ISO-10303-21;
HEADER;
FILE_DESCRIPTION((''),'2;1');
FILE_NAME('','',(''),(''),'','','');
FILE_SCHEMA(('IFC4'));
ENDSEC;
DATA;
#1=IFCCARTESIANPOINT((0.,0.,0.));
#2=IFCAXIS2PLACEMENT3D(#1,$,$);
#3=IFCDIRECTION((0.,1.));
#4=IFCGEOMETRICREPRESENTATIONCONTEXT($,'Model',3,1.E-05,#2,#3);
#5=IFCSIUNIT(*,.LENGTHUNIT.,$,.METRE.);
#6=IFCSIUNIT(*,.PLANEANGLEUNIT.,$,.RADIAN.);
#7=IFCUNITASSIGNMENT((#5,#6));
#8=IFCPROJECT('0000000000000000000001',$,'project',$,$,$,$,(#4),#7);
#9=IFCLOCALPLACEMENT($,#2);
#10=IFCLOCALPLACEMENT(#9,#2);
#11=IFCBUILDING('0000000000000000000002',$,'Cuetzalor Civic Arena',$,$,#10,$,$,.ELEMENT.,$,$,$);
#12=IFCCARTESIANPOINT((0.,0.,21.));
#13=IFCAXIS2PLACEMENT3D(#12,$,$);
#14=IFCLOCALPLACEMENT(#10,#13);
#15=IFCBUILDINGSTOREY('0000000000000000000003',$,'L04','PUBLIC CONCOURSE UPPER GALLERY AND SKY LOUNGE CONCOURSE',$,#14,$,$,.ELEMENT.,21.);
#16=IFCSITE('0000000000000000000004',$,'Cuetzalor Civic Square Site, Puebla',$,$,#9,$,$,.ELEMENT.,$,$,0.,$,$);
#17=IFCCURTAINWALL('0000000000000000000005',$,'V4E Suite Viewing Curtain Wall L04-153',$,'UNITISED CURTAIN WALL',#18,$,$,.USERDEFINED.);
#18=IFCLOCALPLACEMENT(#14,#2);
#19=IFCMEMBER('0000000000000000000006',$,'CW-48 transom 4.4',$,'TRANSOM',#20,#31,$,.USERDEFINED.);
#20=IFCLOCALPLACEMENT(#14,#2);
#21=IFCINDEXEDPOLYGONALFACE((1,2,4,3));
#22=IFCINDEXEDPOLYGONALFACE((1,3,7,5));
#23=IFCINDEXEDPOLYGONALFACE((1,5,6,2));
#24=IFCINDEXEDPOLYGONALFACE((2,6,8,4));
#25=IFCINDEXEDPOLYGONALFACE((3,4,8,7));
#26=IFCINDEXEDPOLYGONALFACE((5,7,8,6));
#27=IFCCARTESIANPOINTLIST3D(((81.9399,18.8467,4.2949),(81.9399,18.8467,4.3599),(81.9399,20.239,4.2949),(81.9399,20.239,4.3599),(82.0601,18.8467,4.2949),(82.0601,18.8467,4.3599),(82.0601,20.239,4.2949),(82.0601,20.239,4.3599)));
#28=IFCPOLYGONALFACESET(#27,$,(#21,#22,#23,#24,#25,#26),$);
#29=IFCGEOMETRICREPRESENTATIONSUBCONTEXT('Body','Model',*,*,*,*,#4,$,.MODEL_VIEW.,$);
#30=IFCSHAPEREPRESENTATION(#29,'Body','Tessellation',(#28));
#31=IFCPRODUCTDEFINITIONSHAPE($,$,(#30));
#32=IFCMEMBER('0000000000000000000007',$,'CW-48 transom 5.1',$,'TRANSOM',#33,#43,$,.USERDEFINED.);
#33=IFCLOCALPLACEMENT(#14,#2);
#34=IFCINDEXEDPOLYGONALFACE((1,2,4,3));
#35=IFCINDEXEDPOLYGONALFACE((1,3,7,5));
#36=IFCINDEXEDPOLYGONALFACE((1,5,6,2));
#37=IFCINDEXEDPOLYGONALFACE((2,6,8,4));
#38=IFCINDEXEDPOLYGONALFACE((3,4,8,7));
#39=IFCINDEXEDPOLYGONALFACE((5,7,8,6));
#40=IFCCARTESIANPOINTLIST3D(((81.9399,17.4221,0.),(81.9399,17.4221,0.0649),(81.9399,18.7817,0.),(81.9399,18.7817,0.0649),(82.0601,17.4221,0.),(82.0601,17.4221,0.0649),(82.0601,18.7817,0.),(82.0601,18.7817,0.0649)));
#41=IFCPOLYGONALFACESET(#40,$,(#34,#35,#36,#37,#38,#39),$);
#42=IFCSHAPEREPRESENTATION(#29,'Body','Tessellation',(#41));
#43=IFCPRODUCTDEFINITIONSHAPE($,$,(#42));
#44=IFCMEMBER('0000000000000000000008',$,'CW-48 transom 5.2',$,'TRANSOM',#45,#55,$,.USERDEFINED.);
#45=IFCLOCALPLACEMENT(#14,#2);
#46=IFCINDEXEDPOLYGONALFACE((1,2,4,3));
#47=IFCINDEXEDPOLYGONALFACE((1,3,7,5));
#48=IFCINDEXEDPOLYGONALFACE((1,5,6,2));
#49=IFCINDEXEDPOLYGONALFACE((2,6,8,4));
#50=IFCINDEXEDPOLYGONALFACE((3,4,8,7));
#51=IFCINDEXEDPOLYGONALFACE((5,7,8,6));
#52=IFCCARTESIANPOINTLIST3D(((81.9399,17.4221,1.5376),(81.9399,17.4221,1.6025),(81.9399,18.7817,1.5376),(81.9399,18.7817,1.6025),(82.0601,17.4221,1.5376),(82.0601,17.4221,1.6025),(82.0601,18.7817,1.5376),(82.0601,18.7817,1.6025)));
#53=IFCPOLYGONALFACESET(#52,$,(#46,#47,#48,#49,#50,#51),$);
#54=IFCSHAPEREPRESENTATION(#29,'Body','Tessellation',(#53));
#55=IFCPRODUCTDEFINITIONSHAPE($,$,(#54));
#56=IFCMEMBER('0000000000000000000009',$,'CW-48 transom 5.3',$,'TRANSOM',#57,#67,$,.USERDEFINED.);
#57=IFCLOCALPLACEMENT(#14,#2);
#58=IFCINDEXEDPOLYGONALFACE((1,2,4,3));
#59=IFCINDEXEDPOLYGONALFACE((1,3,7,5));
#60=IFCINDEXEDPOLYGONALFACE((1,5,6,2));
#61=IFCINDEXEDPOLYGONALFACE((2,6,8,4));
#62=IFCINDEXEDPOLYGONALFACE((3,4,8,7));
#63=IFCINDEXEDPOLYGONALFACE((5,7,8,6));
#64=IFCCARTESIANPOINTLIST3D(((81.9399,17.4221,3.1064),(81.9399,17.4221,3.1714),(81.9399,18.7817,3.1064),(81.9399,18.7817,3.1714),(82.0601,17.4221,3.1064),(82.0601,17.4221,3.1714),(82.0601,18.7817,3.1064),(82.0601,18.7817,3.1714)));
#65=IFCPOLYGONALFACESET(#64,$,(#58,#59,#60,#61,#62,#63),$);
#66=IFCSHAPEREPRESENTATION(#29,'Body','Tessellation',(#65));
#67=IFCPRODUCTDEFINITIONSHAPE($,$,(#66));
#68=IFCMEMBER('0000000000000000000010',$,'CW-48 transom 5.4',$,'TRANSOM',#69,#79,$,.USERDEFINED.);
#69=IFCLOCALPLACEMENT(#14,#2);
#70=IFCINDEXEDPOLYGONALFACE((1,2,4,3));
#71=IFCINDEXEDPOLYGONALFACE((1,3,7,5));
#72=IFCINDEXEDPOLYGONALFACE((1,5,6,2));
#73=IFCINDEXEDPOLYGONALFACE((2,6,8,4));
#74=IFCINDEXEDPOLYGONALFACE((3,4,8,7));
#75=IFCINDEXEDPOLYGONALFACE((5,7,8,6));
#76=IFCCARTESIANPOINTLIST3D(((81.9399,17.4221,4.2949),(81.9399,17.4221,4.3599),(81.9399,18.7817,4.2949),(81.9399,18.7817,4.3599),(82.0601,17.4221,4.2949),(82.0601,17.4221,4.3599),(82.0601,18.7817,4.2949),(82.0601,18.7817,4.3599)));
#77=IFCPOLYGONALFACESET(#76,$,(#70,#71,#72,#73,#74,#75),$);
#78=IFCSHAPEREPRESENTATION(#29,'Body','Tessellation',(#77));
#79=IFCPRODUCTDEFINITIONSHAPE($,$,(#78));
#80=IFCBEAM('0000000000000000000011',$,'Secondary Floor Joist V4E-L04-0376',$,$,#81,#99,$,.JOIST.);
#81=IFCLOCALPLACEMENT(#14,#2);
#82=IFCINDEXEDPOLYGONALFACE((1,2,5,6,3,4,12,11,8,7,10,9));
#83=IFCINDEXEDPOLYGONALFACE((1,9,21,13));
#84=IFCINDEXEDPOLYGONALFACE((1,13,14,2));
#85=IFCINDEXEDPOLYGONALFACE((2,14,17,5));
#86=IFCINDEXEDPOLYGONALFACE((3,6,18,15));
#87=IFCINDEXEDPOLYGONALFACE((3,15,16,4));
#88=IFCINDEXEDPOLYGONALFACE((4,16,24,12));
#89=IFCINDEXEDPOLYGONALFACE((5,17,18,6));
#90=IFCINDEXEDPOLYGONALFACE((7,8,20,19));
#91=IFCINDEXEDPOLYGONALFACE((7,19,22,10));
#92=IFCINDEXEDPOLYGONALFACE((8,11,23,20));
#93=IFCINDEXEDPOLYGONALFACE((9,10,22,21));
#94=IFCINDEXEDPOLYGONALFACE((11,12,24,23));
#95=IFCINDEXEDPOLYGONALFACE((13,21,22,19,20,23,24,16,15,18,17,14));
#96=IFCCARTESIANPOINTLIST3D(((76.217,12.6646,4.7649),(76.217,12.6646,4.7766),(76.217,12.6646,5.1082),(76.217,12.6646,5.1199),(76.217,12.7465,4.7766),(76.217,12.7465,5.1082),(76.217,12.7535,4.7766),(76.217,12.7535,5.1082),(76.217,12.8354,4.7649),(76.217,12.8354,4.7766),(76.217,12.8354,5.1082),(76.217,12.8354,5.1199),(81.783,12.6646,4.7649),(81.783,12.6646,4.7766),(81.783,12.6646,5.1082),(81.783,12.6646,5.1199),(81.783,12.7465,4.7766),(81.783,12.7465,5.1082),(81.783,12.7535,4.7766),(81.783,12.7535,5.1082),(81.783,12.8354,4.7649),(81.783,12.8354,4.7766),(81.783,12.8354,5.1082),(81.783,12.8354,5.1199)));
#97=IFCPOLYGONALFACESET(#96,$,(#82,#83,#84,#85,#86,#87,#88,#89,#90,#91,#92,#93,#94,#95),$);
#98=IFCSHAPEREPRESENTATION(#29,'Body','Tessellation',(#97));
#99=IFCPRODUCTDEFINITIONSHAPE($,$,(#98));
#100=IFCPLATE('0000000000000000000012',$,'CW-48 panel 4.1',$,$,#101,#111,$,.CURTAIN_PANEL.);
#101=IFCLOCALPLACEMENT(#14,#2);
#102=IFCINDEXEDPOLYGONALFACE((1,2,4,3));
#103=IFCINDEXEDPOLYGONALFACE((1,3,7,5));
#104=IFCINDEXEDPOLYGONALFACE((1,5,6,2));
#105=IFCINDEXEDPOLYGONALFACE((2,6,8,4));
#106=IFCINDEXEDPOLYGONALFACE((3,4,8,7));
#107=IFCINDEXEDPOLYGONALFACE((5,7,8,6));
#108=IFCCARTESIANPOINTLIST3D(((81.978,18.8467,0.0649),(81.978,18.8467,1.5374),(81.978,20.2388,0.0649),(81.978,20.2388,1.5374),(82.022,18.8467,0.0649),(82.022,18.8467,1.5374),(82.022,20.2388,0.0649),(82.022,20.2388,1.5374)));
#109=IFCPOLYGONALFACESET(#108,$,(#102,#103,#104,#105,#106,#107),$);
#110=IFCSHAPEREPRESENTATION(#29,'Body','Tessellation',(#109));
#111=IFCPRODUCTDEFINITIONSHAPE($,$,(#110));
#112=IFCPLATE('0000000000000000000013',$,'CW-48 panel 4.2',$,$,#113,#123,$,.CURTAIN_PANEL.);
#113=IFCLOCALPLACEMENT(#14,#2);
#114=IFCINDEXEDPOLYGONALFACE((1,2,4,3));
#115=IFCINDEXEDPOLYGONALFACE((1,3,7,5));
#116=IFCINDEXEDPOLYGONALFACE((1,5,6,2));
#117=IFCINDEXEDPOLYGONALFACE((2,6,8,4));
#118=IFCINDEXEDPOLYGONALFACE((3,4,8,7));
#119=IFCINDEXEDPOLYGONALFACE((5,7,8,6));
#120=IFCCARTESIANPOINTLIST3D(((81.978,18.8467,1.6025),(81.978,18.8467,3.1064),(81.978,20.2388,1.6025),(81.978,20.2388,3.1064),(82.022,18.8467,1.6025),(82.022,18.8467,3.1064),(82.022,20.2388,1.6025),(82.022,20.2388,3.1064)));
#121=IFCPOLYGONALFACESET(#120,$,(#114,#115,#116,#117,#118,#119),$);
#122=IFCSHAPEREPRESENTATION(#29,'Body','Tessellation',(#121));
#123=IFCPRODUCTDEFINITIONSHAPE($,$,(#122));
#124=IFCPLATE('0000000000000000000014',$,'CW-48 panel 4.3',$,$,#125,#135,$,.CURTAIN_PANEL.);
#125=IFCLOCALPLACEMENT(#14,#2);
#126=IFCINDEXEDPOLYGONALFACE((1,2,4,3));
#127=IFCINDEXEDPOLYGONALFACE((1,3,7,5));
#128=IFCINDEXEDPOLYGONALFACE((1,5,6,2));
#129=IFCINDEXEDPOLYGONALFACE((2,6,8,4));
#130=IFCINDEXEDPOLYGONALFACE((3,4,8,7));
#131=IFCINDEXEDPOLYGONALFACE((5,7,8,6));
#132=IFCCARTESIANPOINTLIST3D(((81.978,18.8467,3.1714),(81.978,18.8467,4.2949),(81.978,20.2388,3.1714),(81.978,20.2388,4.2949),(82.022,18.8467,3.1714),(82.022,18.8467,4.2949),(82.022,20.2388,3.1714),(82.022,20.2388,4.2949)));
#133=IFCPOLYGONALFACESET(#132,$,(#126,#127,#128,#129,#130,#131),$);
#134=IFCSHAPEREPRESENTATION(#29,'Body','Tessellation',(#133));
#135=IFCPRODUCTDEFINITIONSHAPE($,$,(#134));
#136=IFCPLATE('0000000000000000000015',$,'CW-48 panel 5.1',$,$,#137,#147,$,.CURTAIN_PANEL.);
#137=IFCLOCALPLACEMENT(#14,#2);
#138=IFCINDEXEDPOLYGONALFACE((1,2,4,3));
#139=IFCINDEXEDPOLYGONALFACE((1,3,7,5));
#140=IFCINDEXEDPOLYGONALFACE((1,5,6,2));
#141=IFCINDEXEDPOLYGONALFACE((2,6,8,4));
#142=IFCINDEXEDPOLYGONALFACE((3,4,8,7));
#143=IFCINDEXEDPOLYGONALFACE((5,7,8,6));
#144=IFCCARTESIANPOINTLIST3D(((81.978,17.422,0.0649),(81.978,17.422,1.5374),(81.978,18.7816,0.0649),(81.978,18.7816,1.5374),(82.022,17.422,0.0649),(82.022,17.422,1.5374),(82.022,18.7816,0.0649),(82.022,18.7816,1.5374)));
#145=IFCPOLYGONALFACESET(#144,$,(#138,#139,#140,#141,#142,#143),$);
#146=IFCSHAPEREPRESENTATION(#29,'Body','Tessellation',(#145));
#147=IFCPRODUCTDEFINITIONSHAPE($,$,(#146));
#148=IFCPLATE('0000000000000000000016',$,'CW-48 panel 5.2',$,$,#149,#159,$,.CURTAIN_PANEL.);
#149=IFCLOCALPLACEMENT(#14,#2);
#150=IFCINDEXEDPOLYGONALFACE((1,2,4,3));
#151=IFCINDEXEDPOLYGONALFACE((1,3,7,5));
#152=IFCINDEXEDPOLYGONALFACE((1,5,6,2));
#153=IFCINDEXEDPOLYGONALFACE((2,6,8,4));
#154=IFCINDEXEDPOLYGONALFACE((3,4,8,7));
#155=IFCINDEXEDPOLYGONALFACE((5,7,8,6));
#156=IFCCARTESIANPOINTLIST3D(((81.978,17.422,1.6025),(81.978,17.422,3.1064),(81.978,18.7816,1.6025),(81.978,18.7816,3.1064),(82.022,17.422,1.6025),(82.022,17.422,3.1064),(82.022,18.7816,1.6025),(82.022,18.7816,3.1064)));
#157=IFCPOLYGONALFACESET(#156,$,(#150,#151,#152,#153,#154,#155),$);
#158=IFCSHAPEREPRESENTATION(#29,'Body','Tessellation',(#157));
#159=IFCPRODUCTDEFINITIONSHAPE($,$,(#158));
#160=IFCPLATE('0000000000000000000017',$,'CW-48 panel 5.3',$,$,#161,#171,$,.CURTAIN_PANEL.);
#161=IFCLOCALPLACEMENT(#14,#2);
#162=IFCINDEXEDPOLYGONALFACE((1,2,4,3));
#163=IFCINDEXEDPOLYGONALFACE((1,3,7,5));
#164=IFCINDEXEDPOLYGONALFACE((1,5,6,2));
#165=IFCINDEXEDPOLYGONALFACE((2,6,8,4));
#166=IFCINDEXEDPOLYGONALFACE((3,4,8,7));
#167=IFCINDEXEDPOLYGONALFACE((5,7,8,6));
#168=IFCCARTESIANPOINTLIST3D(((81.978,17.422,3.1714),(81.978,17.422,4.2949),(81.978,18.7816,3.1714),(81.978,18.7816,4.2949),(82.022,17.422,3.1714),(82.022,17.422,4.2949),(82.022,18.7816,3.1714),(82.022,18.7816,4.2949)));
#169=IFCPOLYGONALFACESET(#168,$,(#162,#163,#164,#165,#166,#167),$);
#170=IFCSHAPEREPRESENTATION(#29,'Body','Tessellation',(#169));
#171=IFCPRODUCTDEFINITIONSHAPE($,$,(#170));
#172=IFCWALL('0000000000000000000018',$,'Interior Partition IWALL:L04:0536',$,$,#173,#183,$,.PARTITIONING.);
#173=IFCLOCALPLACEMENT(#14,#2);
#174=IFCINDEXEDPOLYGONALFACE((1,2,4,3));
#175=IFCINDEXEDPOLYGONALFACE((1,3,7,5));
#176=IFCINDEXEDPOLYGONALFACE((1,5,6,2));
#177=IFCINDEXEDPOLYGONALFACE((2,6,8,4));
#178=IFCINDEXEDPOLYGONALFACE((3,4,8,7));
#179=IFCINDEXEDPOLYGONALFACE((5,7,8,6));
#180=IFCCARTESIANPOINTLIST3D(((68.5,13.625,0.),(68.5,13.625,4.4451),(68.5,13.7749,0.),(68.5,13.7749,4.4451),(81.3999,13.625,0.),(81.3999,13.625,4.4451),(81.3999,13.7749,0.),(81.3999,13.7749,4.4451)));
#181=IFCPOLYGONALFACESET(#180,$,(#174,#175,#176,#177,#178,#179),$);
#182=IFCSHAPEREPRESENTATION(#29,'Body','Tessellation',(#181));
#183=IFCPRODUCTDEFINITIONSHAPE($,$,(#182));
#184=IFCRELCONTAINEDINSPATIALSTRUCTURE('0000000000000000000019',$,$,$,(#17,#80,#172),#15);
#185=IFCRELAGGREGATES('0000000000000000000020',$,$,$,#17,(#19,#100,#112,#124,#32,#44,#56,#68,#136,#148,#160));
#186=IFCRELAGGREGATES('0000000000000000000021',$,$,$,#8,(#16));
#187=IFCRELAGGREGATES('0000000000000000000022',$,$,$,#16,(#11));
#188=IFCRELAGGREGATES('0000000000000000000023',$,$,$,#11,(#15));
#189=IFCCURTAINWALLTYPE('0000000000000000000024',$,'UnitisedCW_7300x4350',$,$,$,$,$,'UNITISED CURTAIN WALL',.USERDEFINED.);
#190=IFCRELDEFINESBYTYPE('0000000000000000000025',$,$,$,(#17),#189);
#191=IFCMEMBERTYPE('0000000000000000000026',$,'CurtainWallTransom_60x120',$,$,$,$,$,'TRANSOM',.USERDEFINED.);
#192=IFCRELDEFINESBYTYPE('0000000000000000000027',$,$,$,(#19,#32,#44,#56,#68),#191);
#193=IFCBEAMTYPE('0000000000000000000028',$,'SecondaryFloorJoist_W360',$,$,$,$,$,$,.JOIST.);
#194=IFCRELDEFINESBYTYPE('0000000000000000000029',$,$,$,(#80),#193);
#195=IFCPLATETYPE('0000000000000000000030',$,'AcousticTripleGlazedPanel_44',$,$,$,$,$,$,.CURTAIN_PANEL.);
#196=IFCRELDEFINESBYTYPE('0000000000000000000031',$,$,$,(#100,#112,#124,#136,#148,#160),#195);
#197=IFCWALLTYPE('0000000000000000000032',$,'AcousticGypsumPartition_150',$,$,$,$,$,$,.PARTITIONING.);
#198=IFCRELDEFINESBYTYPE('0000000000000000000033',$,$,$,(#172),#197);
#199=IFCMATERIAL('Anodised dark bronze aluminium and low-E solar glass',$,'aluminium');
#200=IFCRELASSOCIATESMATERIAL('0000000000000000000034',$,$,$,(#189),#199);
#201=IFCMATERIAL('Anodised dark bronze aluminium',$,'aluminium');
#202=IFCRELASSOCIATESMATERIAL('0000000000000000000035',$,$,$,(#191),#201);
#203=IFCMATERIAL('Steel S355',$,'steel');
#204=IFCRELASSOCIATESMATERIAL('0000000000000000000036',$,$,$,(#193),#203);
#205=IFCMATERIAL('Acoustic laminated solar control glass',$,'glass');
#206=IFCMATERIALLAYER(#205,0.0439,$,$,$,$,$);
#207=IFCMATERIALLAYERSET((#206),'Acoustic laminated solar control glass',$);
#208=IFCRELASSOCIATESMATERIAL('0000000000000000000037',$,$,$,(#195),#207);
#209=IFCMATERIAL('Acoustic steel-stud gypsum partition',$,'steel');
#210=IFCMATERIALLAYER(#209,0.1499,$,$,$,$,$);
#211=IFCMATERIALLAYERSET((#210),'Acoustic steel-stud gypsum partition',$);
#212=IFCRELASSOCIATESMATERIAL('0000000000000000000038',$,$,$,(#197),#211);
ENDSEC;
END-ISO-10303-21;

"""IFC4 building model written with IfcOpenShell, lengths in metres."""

from ifc_helpers import new_model, si_unit, direction, frame, frame_2d, origin, origin_2d, place, context, subcontext, project, spatial, rectangle, i_section, extrude, material, layer, layer_set, material_profile, profile_set, type_object, element, aggregate, save


model = new_model("IFC4")

# Units and contexts
model_context = context("Model", 3, precision=1e-05, world=origin(), true_north=direction((0.0, 1.0)))
body_context = subcontext(model_context, "Body", "Model", "MODEL_VIEW")
ifc_project = project(units=[si_unit("LENGTHUNIT", "METRE"), si_unit("PLANEANGLEUNIT", "RADIAN")], contexts=[model_context])

# Site, building, storey
site_placement = place(None, origin())
site = spatial("IfcSite", under=ifc_project, at=site_placement, Name="Cuetzalor Civic Square Site, Puebla", CompositionType="ELEMENT", RefElevation=0.0)
building_placement = place(site_placement, origin())
building = spatial("IfcBuilding", under=site, at=building_placement, Name="Cuetzalor Civic Arena", CompositionType="ELEMENT")
storey_placement = place(building_placement, frame((0.0, 0.0, 21.0)))
storey = spatial("IfcBuildingStorey", under=building, at=storey_placement, Name="L04", Description="PUBLIC CONCOURSE UPPER GALLERY AND SKY LOUNGE CONCOURSE", CompositionType="ELEMENT", Elevation=21.0)

# Curtain wall, members
ifc_material_1 = material(Name="Anodised dark bronze aluminium and low-E solar glass", Category="aluminium")
curtain_wall_type = type_object("IfcCurtainWallType", Name="UnitisedCW_7300x4350", ElementType="UNITISED CURTAIN WALL", PredefinedType="USERDEFINED", material=ifc_material_1)
curtain_wall_placement = place(storey_placement, origin())
curtain_wall = element("IfcCurtainWall", 1, at=curtain_wall_placement, inside=storey, type_object=curtain_wall_type, Name="V4E Suite Viewing Curtain Wall L04-153", ObjectType="UNITISED CURTAIN WALL", PredefinedType="USERDEFINED")
ifc_material_2 = material(Name="Anodised dark bronze aluminium", Category="aluminium")
ifc_material_profile_1 = material_profile(ifc_material_2, rectangle(XDim=0.1201, YDim=0.0649, at=origin_2d()), Name="ALU TRANSOM 65x120")
ifc_profile_set_1 = profile_set([ifc_material_profile_1], Name="Anodised dark bronze aluminium")
member_type_1 = type_object("IfcMemberType", Name="CurtainWallTransom_60x120", ElementType="TRANSOM", PredefinedType="USERDEFINED", material=ifc_profile_set_1)
member_1_placement = place(storey_placement, frame((82.0, 20.239, 4.3274), z_axis=(0.0, -1.0, 0.0), x_axis=(1.0, 0.0, 0.0)))
member_1 = element("IfcMember", 2, at=member_1_placement, type_object=member_type_1, Name="CW-48 transom 4.4", ObjectType="TRANSOM", PredefinedType="USERDEFINED", context=body_context, shape_type="SweptSolid", body=[
    extrude(rectangle(XDim=0.1201, YDim=0.0649, at=origin_2d()), origin(), (0.0, 0.0, 1.0), 1.3923),
])
member_2_placement = place(storey_placement, frame((82.0, 18.7817, 0.0325), z_axis=(0.0, -1.0, 0.0), x_axis=(1.0, 0.0, 0.0)))
member_2 = element("IfcMember", 3, at=member_2_placement, type_object=member_type_1, Name="CW-48 transom 5.1", ObjectType="TRANSOM", PredefinedType="USERDEFINED", context=body_context, shape_type="SweptSolid", body=[
    extrude(rectangle(XDim=0.1201, YDim=0.0649, at=origin_2d()), origin(), (0.0, 0.0, 1.0), 1.3596),
])
member_3_placement = place(storey_placement, frame((82.0, 18.7817, 1.5701), z_axis=(0.0, -1.0, 0.0), x_axis=(1.0, 0.0, 0.0)))
member_3 = element("IfcMember", 4, at=member_3_placement, type_object=member_type_1, Name="CW-48 transom 5.2", ObjectType="TRANSOM", PredefinedType="USERDEFINED", context=body_context, shape_type="SweptSolid", body=[
    extrude(rectangle(XDim=0.1201, YDim=0.0649, at=origin_2d()), origin(), (0.0, 0.0, 1.0), 1.3596),
])
member_4_placement = place(storey_placement, frame((82.0, 18.7817, 3.1389), z_axis=(0.0, -1.0, 0.0), x_axis=(1.0, 0.0, 0.0)))
member_4 = element("IfcMember", 5, at=member_4_placement, type_object=member_type_1, Name="CW-48 transom 5.3", ObjectType="TRANSOM", PredefinedType="USERDEFINED", context=body_context, shape_type="SweptSolid", body=[
    extrude(rectangle(XDim=0.1201, YDim=0.0649, at=origin_2d()), origin(), (0.0, 0.0, 1.0), 1.3596),
])
member_5_placement = place(storey_placement, frame((82.0, 18.7817, 4.3274), z_axis=(0.0, -1.0, 0.0), x_axis=(1.0, 0.0, 0.0)))
member_5 = element("IfcMember", 6, at=member_5_placement, type_object=member_type_1, Name="CW-48 transom 5.4", ObjectType="TRANSOM", PredefinedType="USERDEFINED", context=body_context, shape_type="SweptSolid", body=[
    extrude(rectangle(XDim=0.1201, YDim=0.0649, at=origin_2d()), origin(), (0.0, 0.0, 1.0), 1.3596),
])

# Beam
ifc_material_3 = material(Name="Steel S355", Category="steel")
ifc_material_profile_2 = material_profile(ifc_material_3, i_section(OverallWidth=0.1709, OverallDepth=0.355, WebThickness=0.0071, FlangeThickness=0.0117, at=origin_2d()), Name="W360x51")
ifc_profile_set_2 = profile_set([ifc_material_profile_2], Name="Steel S355")
beam_type_1 = type_object("IfcBeamType", Name="SecondaryFloorJoist_W360", PredefinedType="JOIST", material=ifc_profile_set_2)
beam_1_placement = place(storey_placement, frame((76.217, 12.75, 4.9424), z_axis=(1.0, 0.0, 0.0), x_axis=(0.0, 1.0, 0.0)))
element("IfcBeam", 7, at=beam_1_placement, inside=storey, type_object=beam_type_1, Name="Secondary Floor Joist V4E-L04-0376", PredefinedType="JOIST", context=body_context, shape_type="SweptSolid", body=[
    extrude(i_section(OverallWidth=0.1709, OverallDepth=0.355, WebThickness=0.0071, FlangeThickness=0.0117, at=origin_2d()), origin(), (0.0, 0.0, 1.0), 5.5659),
])

# Plates
ifc_material_4 = material(Name="Acoustic laminated solar control glass", Category="glass")
ifc_layer_1 = layer(ifc_material_4, 0.0439)
ifc_layer_set_1 = layer_set([ifc_layer_1], Name="Acoustic laminated solar control glass")
plate_type = type_object("IfcPlateType", Name="AcousticTripleGlazedPanel_44", PredefinedType="CURTAIN_PANEL", material=ifc_layer_set_1)
plate_1_placement = place(storey_placement, frame((82.0, 19.5427, 0.0649), z_axis=(0.0, 0.0, 1.0), x_axis=(0.0, -1.0, 0.0)))
plate_1 = element("IfcPlate", 8, at=plate_1_placement, type_object=plate_type, Name="CW-48 panel 4.1", PredefinedType="CURTAIN_PANEL", context=body_context, shape_type="SweptSolid", body=[
    extrude(rectangle(XDim=1.3921, YDim=0.0439, at=origin_2d()), origin(), (0.0, 0.0, 1.0), 1.4724),
])
plate_2_placement = place(storey_placement, frame((82.0, 19.5427, 1.6025), z_axis=(0.0, 0.0, 1.0), x_axis=(0.0, -1.0, 0.0)))
plate_2 = element("IfcPlate", 9, at=plate_2_placement, type_object=plate_type, Name="CW-48 panel 4.2", PredefinedType="CURTAIN_PANEL", context=body_context, shape_type="SweptSolid", body=[
    extrude(rectangle(XDim=1.3921, YDim=0.0439, at=origin_2d()), origin(), (0.0, 0.0, 1.0), 1.5039),
])
plate_3_placement = place(storey_placement, frame((82.0, 19.5427, 3.1714), z_axis=(0.0, 0.0, 1.0), x_axis=(0.0, -1.0, 0.0)))
plate_3 = element("IfcPlate", 10, at=plate_3_placement, type_object=plate_type, Name="CW-48 panel 4.3", PredefinedType="CURTAIN_PANEL", context=body_context, shape_type="SweptSolid", body=[
    extrude(rectangle(XDim=1.3921, YDim=0.0439, at=origin_2d()), origin(), (0.0, 0.0, 1.0), 1.1235),
])
plate_4_placement = place(storey_placement, frame((82.0, 18.1018, 0.0649), z_axis=(0.0, 0.0, 1.0), x_axis=(0.0, -1.0, 0.0)))
plate_4 = element("IfcPlate", 11, at=plate_4_placement, type_object=plate_type, Name="CW-48 panel 5.1", PredefinedType="CURTAIN_PANEL", context=body_context, shape_type="SweptSolid", body=[
    extrude(rectangle(XDim=1.3596, YDim=0.0439, at=origin_2d()), origin(), (0.0, 0.0, 1.0), 1.4724),
])
plate_5_placement = place(storey_placement, frame((82.0, 18.1018, 1.6025), z_axis=(0.0, 0.0, 1.0), x_axis=(0.0, -1.0, 0.0)))
plate_5 = element("IfcPlate", 12, at=plate_5_placement, type_object=plate_type, Name="CW-48 panel 5.2", PredefinedType="CURTAIN_PANEL", context=body_context, shape_type="SweptSolid", body=[
    extrude(rectangle(XDim=1.3596, YDim=0.0439, at=origin_2d()), origin(), (0.0, 0.0, 1.0), 1.5039),
])
plate_6_placement = place(storey_placement, frame((82.0, 18.1018, 3.1714), z_axis=(0.0, 0.0, 1.0), x_axis=(0.0, -1.0, 0.0)))
plate_6 = element("IfcPlate", 13, at=plate_6_placement, type_object=plate_type, Name="CW-48 panel 5.3", PredefinedType="CURTAIN_PANEL", context=body_context, shape_type="SweptSolid", body=[
    extrude(rectangle(XDim=1.3596, YDim=0.0439, at=origin_2d()), origin(), (0.0, 0.0, 1.0), 1.1235),
])
aggregate(curtain_wall, [member_1, plate_1, plate_2, plate_3, member_2, member_3, member_4, member_5, plate_4, plate_5, plate_6])

# Wall
ifc_material_5 = material(Name="Acoustic steel-stud gypsum partition", Category="steel")
ifc_layer_2 = layer(ifc_material_5, 0.1499)
ifc_layer_set_2 = layer_set([ifc_layer_2], Name="Acoustic steel-stud gypsum partition")
wall_type_1 = type_object("IfcWallType", Name="AcousticGypsumPartition_150", PredefinedType="PARTITIONING", material=ifc_layer_set_2)
wall_1_placement = place(storey_placement, frame((81.3999, 13.7, 0.0), z_axis=(0.0, 0.0, 1.0), x_axis=(-1.0, 0.0, 0.0)))
element("IfcWall", 14, at=wall_1_placement, inside=storey, type_object=wall_type_1, Name="Interior Partition IWALL:L04:0536", PredefinedType="PARTITIONING", context=body_context, shape_type="SweptSolid", body=[
    extrude(rectangle(XDim=12.8999, YDim=0.1499, at=frame_2d((6.45, 0.0))), origin(), (0.0, 0.0, 1.0), 4.4451),
])

save(model, "model.ifc")
